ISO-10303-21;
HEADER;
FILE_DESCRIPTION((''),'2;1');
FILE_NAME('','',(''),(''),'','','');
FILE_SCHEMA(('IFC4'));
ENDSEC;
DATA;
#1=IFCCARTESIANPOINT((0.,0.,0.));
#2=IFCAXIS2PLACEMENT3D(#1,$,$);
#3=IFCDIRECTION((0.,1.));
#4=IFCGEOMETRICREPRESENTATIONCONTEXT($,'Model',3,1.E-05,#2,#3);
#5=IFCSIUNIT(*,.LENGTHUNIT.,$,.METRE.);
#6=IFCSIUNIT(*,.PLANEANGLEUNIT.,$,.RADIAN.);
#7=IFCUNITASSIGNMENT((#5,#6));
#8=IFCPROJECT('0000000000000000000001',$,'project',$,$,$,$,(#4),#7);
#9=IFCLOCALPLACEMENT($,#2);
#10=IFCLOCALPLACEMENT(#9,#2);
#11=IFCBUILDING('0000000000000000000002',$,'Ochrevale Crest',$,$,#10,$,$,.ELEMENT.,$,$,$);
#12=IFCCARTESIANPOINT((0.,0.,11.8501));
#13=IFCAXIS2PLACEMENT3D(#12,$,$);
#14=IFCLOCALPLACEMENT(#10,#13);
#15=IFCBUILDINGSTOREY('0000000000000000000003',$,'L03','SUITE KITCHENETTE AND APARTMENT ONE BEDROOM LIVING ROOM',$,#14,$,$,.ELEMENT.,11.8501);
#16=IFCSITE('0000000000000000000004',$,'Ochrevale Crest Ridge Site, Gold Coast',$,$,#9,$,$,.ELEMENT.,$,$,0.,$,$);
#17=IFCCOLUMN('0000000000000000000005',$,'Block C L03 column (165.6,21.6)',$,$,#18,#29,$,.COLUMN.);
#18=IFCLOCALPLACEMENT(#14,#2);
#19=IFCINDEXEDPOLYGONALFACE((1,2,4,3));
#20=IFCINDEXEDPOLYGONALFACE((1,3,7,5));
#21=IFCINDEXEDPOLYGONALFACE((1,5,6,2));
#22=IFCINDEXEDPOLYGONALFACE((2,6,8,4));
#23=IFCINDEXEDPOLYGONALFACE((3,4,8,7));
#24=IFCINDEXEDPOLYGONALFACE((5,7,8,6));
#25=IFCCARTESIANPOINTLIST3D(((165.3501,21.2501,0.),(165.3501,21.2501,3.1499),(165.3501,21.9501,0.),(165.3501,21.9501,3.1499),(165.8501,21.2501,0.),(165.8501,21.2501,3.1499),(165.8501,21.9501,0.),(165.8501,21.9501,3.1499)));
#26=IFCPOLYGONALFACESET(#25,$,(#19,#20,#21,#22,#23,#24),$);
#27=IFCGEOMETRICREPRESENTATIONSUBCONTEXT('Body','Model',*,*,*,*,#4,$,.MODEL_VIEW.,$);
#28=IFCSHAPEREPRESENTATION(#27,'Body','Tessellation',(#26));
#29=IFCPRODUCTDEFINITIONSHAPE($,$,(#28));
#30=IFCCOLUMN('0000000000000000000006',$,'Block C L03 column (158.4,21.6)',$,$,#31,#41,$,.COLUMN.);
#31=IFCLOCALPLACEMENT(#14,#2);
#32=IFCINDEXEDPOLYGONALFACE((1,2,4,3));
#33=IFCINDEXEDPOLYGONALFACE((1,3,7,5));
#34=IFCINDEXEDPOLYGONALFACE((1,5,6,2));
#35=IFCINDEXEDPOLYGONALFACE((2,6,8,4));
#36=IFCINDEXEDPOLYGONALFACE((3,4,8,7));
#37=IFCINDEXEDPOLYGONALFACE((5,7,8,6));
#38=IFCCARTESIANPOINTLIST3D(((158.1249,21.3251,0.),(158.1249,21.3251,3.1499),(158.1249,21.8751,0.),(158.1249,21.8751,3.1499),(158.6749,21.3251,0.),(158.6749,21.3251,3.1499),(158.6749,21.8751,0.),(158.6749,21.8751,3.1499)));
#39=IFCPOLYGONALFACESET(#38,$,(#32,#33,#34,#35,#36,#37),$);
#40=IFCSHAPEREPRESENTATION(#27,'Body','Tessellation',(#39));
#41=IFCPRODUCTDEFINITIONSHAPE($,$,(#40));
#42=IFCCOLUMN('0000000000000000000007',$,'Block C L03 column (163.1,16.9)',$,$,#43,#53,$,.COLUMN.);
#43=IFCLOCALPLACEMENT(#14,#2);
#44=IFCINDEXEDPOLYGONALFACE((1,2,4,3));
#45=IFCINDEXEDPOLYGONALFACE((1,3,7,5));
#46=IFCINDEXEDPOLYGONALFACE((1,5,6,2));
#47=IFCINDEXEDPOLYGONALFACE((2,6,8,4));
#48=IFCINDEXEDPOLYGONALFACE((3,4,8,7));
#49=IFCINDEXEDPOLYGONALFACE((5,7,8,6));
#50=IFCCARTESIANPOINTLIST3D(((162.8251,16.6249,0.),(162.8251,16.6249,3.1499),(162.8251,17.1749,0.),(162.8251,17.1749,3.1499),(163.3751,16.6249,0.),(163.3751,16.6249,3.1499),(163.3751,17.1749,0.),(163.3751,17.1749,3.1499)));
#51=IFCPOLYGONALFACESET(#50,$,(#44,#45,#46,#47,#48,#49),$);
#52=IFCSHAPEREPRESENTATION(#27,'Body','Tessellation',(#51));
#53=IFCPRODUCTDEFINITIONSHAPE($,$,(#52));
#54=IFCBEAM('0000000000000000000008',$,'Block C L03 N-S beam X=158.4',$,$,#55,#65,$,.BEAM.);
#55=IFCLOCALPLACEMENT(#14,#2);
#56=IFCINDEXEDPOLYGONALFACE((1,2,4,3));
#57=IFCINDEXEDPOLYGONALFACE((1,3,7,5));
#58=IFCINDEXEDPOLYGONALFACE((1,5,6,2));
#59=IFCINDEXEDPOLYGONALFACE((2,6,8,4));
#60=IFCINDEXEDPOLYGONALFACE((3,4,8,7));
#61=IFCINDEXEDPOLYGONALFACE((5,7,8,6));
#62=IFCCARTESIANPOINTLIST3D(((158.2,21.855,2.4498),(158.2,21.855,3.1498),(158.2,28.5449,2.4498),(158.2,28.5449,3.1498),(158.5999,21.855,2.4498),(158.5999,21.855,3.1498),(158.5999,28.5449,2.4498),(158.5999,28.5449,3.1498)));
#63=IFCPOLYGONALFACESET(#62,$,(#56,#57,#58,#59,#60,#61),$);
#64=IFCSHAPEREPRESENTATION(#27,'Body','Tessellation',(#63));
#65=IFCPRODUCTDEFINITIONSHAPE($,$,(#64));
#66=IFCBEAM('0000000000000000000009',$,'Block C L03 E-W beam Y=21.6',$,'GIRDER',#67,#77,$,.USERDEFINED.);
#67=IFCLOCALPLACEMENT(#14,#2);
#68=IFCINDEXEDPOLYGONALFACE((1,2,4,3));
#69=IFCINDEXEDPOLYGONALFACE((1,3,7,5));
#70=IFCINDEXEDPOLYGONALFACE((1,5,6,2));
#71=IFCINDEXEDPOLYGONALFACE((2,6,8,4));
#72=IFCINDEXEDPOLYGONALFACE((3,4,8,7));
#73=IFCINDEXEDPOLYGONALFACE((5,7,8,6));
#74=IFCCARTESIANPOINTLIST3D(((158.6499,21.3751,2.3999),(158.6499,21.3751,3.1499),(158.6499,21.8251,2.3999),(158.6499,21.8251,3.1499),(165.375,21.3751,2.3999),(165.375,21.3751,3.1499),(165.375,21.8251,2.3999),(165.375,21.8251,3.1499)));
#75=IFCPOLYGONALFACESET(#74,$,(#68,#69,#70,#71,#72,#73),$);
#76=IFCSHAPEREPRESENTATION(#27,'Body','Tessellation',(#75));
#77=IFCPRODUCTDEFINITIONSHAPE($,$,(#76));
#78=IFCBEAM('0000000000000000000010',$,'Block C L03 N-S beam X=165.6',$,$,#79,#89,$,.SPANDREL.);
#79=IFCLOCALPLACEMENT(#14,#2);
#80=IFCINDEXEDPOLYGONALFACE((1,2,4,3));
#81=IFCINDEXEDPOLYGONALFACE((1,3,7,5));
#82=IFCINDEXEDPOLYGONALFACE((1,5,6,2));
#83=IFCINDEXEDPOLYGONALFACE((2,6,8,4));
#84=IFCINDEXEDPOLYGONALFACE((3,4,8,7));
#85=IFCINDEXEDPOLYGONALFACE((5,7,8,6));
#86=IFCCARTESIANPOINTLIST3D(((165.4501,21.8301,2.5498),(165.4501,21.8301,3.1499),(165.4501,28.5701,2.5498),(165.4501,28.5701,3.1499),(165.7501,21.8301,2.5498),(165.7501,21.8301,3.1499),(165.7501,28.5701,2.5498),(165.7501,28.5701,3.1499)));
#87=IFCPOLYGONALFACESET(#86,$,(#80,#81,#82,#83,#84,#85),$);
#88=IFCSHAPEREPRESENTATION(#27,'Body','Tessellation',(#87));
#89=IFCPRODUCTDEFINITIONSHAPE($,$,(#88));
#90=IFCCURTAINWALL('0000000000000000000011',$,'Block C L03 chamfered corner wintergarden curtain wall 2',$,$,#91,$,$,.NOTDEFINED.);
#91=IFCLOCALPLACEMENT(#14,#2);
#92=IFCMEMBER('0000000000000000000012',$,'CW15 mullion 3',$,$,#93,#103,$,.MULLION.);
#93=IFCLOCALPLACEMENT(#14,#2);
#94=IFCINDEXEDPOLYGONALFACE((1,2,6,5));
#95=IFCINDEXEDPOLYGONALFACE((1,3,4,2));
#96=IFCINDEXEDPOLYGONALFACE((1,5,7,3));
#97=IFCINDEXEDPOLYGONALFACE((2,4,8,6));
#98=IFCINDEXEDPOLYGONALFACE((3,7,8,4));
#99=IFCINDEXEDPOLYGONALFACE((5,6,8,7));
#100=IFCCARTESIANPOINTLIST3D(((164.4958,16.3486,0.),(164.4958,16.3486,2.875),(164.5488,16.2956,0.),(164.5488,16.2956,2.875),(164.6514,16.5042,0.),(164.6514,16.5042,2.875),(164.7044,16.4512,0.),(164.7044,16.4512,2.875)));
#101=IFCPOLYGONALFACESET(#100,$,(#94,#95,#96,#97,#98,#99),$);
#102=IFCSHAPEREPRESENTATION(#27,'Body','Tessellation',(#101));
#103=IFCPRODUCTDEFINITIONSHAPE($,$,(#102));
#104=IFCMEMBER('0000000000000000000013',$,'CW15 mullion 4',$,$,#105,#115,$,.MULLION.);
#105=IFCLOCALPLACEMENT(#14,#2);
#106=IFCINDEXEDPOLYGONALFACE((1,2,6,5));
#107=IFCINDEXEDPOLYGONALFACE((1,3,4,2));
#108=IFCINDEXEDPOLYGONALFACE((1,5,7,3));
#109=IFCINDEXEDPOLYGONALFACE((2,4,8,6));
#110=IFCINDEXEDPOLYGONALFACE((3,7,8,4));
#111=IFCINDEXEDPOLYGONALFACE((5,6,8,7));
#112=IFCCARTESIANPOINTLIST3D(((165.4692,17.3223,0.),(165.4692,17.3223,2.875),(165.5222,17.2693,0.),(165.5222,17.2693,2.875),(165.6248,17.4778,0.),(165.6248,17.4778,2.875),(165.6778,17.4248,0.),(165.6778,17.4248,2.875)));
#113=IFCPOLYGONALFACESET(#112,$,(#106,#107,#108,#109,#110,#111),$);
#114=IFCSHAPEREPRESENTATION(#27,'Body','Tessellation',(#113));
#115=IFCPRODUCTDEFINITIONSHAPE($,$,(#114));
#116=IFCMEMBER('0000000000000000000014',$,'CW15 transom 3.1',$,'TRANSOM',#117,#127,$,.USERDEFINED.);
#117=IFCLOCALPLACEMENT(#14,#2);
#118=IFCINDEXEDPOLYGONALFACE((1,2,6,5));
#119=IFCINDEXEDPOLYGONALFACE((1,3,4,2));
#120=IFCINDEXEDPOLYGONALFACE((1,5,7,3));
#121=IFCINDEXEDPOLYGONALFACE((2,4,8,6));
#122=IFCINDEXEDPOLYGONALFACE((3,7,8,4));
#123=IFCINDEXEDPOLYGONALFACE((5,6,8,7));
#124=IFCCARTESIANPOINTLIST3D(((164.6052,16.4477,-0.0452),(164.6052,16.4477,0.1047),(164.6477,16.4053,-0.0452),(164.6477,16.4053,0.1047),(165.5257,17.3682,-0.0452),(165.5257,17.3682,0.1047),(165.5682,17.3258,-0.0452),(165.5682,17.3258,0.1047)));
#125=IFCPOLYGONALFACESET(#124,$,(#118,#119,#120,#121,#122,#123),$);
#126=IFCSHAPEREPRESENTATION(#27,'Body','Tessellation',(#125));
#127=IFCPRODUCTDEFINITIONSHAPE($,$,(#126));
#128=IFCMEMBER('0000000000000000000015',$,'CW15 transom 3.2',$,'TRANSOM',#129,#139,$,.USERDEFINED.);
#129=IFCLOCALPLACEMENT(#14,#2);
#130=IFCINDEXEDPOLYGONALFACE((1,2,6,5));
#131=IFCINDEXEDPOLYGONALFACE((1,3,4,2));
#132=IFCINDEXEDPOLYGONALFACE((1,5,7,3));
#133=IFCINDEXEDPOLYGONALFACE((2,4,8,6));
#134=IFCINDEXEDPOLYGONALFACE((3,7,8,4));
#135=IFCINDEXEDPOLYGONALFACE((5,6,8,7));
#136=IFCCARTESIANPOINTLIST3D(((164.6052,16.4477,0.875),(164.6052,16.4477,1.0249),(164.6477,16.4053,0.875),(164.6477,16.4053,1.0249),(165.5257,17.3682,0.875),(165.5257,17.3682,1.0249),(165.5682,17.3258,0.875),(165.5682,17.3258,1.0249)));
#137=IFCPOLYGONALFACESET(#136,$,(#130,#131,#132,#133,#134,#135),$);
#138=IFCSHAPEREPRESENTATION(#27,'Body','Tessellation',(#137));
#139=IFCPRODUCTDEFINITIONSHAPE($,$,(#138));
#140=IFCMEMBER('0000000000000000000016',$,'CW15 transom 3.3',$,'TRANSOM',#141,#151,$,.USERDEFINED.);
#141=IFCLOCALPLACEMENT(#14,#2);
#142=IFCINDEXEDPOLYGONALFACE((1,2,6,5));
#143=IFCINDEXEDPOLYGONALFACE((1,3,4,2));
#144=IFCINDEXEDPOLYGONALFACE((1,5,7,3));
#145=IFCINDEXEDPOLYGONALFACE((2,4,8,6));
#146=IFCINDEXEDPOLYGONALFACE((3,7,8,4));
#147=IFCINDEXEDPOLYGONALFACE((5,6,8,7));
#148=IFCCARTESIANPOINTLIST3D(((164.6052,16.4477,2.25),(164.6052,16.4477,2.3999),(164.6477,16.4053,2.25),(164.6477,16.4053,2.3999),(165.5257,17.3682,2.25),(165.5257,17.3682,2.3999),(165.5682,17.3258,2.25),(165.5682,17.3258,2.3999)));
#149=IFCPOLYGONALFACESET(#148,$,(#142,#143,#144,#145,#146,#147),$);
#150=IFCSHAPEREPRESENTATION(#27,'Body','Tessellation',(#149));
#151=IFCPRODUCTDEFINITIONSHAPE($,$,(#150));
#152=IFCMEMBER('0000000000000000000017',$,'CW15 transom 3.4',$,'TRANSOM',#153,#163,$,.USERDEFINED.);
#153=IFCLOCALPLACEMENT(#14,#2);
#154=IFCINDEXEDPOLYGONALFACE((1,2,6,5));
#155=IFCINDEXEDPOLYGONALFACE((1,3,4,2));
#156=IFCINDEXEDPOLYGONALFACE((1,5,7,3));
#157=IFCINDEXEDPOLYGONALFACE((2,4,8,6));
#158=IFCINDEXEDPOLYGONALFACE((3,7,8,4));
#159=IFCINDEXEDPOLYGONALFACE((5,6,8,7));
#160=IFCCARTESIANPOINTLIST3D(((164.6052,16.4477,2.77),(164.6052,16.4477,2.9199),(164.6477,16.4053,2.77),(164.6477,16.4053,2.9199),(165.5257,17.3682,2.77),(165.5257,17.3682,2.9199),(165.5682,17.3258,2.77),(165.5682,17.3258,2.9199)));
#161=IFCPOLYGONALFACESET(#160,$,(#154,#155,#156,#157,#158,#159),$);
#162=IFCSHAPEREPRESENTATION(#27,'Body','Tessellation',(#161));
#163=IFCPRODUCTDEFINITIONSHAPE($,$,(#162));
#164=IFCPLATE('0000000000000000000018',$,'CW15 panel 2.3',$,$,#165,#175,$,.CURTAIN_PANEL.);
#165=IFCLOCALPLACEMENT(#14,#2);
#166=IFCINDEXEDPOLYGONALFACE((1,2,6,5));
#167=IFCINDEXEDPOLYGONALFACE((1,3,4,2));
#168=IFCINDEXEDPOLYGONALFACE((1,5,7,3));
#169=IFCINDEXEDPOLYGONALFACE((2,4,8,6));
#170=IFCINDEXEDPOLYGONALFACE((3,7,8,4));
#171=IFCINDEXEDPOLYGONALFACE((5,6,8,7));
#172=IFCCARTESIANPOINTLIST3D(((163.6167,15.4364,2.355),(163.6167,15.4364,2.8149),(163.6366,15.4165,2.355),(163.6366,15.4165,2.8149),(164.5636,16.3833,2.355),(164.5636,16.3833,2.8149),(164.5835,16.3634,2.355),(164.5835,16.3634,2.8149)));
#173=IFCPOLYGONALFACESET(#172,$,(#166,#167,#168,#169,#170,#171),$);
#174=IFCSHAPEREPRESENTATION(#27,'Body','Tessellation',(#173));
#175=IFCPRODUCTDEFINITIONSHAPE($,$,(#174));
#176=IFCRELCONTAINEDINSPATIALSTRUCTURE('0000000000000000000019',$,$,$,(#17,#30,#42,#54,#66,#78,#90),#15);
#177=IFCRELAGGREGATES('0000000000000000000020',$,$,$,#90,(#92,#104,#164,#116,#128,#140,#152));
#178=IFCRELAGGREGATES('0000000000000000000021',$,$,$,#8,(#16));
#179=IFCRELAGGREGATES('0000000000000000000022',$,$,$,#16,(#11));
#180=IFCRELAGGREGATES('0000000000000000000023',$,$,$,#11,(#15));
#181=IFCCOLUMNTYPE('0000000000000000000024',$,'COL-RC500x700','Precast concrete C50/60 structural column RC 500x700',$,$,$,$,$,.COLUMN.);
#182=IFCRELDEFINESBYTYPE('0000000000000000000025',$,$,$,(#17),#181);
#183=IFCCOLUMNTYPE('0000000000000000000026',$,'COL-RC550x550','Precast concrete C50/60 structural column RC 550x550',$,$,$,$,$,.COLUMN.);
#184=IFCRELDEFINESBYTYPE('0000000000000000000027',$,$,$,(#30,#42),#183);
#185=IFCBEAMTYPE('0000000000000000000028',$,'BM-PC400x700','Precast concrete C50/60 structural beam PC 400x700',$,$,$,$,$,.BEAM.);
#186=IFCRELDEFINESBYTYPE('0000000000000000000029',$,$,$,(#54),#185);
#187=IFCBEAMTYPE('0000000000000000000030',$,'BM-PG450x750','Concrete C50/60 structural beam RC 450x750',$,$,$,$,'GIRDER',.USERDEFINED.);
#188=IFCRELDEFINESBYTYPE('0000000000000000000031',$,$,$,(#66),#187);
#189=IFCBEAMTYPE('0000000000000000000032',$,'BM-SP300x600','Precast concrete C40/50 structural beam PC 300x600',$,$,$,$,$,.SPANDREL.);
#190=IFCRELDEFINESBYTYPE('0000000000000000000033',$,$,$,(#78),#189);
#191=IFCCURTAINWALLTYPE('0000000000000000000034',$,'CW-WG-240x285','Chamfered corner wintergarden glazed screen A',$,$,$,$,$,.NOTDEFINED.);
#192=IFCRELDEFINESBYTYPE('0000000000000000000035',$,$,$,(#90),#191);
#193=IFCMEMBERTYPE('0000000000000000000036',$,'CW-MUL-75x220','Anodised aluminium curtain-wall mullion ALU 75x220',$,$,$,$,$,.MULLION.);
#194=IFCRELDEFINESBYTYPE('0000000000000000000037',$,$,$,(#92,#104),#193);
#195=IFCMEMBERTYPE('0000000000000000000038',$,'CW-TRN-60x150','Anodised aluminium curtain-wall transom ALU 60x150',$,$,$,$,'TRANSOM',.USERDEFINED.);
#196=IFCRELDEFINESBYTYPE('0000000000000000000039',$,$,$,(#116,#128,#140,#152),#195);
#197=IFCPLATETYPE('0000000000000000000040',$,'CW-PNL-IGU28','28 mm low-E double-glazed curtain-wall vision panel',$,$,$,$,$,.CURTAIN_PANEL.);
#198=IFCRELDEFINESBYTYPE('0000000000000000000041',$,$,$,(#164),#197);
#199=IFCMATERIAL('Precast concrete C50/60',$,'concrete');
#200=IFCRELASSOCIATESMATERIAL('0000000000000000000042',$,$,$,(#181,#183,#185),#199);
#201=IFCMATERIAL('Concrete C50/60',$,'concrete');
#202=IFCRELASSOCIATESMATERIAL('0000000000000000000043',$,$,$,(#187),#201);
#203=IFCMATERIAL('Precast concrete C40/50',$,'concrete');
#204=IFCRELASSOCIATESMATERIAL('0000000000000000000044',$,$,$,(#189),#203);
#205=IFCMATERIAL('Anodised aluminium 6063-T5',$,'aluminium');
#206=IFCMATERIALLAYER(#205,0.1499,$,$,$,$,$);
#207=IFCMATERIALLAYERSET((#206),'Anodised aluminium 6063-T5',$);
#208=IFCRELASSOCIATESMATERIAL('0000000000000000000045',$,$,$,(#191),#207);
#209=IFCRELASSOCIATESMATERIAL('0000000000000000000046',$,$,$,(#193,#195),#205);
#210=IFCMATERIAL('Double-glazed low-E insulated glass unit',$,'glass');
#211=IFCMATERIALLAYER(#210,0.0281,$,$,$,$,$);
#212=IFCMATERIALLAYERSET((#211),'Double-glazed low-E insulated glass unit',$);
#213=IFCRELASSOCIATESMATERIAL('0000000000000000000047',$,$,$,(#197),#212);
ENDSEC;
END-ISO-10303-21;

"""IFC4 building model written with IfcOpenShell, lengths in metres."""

from ifc_helpers import new_model, si_unit, direction, frame, origin, origin_2d, place, context, subcontext, project, spatial, rectangle, extrude, material, layer, layer_set, material_profile, profile_set, type_object, element, aggregate, save


model = new_model("IFC4")

# Units and contexts
model_context = context("Model", 3, precision=1e-05, world=origin(), true_north=direction((0.0, 1.0)))
body_context = subcontext(model_context, "Body", "Model", "MODEL_VIEW")
ifc_project = project(units=[si_unit("LENGTHUNIT", "METRE"), si_unit("PLANEANGLEUNIT", "RADIAN")], contexts=[model_context])

# Site, building, storey
site_placement = place(None, origin())
site = spatial("IfcSite", under=ifc_project, at=site_placement, Name="Ochrevale Crest Ridge Site, Gold Coast", CompositionType="ELEMENT", RefElevation=0.0)
building_placement = place(site_placement, origin())
building = spatial("IfcBuilding", under=site, at=building_placement, Name="Ochrevale Crest", CompositionType="ELEMENT")
storey_placement = place(building_placement, frame((0.0, 0.0, 11.8501)))
storey = spatial("IfcBuildingStorey", under=building, at=storey_placement, Name="L03", Description="SUITE KITCHENETTE AND APARTMENT ONE BEDROOM LIVING ROOM", CompositionType="ELEMENT", Elevation=11.8501)

# Columns
ifc_material_1 = material(Name="Precast concrete C50/60", Category="concrete")
ifc_material_profile_1 = material_profile(ifc_material_1, rectangle(XDim=0.5, YDim=0.7, at=origin_2d()), Name="RC 500x700")
ifc_profile_set_1 = profile_set([ifc_material_profile_1], Name="Precast concrete C50/60")
column_type_1 = type_object("IfcColumnType", Name="COL-RC500x700", Description="Precast concrete C50/60 structural column RC 500x700", PredefinedType="COLUMN", material=ifc_profile_set_1)
column_placement = place(storey_placement, frame((165.6001, 21.6001, 0.0), z_axis=(0.0, 0.0, 1.0), x_axis=(1.0, 0.0, 0.0)))
element("IfcColumn", 1, at=column_placement, inside=storey, type_object=column_type_1, Name="Block C L03 column (165.6,21.6)", PredefinedType="COLUMN", context=body_context, shape_type="SweptSolid", body=[
    extrude(rectangle(XDim=0.5, YDim=0.7, at=origin_2d()), origin(), (0.0, 0.0, 1.0), 3.1499),
])
ifc_material_profile_2 = material_profile(ifc_material_1, rectangle(XDim=0.55, YDim=0.55, at=origin_2d()), Name="RC 550x550")
ifc_profile_set_2 = profile_set([ifc_material_profile_2], Name="Precast concrete C50/60")
column_type_2 = type_object("IfcColumnType", Name="COL-RC550x550", Description="Precast concrete C50/60 structural column RC 550x550", PredefinedType="COLUMN", material=ifc_profile_set_2)
for number, where, z_axis, x_axis, name in (
    (2, (158.3999, 21.6001, 0.0), (0.0, 0.0, 1.0), (1.0, 0.0, 0.0), "Block C L03 column (158.4,21.6)"),
    (3, (163.1001, 16.8999, 0.0), (0.0, 0.0, 1.0), (1.0, 0.0, 0.0), "Block C L03 column (163.1,16.9)"),
):
    element("IfcColumn", number, at=place(storey_placement, frame(where, z_axis=z_axis, x_axis=x_axis)), inside=storey, type_object=column_type_2, Name=name, PredefinedType="COLUMN", context=body_context, shape_type="SweptSolid", body=[
        extrude(rectangle(XDim=0.55, YDim=0.55, at=origin_2d()), origin(), (0.0, 0.0, 1.0), 3.1499),
    ])

# Beams
ifc_material_profile_3 = material_profile(ifc_material_1, rectangle(XDim=0.3999, YDim=0.7, at=origin_2d()), Name="PC 400x700")
ifc_profile_set_3 = profile_set([ifc_material_profile_3], Name="Precast concrete C50/60")
beam_type_1 = type_object("IfcBeamType", Name="BM-PC400x700", Description="Precast concrete C50/60 structural beam PC 400x700", PredefinedType="BEAM", material=ifc_profile_set_3)
beam_1_placement = place(storey_placement, frame((158.3999, 21.855, 2.7998), z_axis=(0.0, 1.0, 0.0), x_axis=(-1.0, 0.0, 0.0)))
element("IfcBeam", 4, at=beam_1_placement, inside=storey, type_object=beam_type_1, Name="Block C L03 N-S beam X=158.4", PredefinedType="BEAM", context=body_context, shape_type="SweptSolid", body=[
    extrude(rectangle(XDim=0.3999, YDim=0.7, at=origin_2d()), origin(), (0.0, 0.0, 1.0), 6.6899),
])
ifc_material_2 = material(Name="Concrete C50/60", Category="concrete")
ifc_material_profile_4 = material_profile(ifc_material_2, rectangle(XDim=0.45, YDim=0.75, at=origin_2d()), Name="RC 450x750")
ifc_profile_set_4 = profile_set([ifc_material_profile_4], Name="Concrete C50/60")
beam_type_2 = type_object("IfcBeamType", Name="BM-PG450x750", Description="Concrete C50/60 structural beam RC 450x750", ElementType="GIRDER", PredefinedType="USERDEFINED", material=ifc_profile_set_4)
beam_2_placement = place(storey_placement, frame((158.6499, 21.6001, 2.7749), z_axis=(1.0, 0.0, 0.0), x_axis=(0.0, 1.0, 0.0)))
element("IfcBeam", 5, at=beam_2_placement, inside=storey, type_object=beam_type_2, Name="Block C L03 E-W beam Y=21.6", ObjectType="GIRDER", PredefinedType="USERDEFINED", context=body_context, shape_type="SweptSolid", body=[
    extrude(rectangle(XDim=0.45, YDim=0.75, at=origin_2d()), origin(), (0.0, 0.0, 1.0), 6.7251),
])
ifc_material_3 = material(Name="Precast concrete C40/50", Category="concrete")
ifc_material_profile_5 = material_profile(ifc_material_3, rectangle(XDim=0.3, YDim=0.6001, at=origin_2d()), Name="PC 300x600")
ifc_profile_set_5 = profile_set([ifc_material_profile_5], Name="Precast concrete C40/50")
beam_type_3 = type_object("IfcBeamType", Name="BM-SP300x600", Description="Precast concrete C40/50 structural beam PC 300x600", PredefinedType="SPANDREL", material=ifc_profile_set_5)
beam_3_placement = place(storey_placement, frame((165.6001, 21.8301, 2.8499), z_axis=(0.0, 1.0, 0.0), x_axis=(-1.0, 0.0, 0.0)))
element("IfcBeam", 6, at=beam_3_placement, inside=storey, type_object=beam_type_3, Name="Block C L03 N-S beam X=165.6", PredefinedType="SPANDREL", context=body_context, shape_type="SweptSolid", body=[
    extrude(rectangle(XDim=0.3, YDim=0.6001, at=origin_2d()), origin(), (0.0, 0.0, 1.0), 6.74),
])

# Curtain wall, members, plate
ifc_material_4 = material(Name="Anodised aluminium 6063-T5", Category="aluminium")
ifc_layer_1 = layer(ifc_material_4, 0.1499)
ifc_layer_set_1 = layer_set([ifc_layer_1], Name="Anodised aluminium 6063-T5")
curtain_wall_type = type_object("IfcCurtainWallType", Name="CW-WG-240x285", Description="Chamfered corner wintergarden glazed screen A", PredefinedType="NOTDEFINED", material=ifc_layer_set_1)
curtain_wall_placement = place(storey_placement, origin())
curtain_wall = element("IfcCurtainWall", 7, at=curtain_wall_placement, inside=storey, type_object=curtain_wall_type, Name="Block C L03 chamfered corner wintergarden curtain wall 2", PredefinedType="NOTDEFINED")
ifc_material_profile_6 = material_profile(ifc_material_4, rectangle(XDim=0.075, YDim=0.22, at=origin_2d()), Name="ALU 75x220")
ifc_profile_set_6 = profile_set([ifc_material_profile_6], Name="Anodised aluminium 6063-T5")
member_type_1 = type_object("IfcMemberType", Name="CW-MUL-75x220", Description="Anodised aluminium curtain-wall mullion ALU 75x220", PredefinedType="MULLION", material=ifc_profile_set_6)
member_1_placement = place(storey_placement, frame((164.6001, 16.3999, 0.0), z_axis=(0.0, 0.0, 1.0), x_axis=(-0.707107, 0.707107, 0.0)))
member_1 = element("IfcMember", 8, at=member_1_placement, type_object=member_type_1, Name="CW15 mullion 3", PredefinedType="MULLION", context=body_context, shape_type="SweptSolid", body=[
    extrude(rectangle(XDim=0.075, YDim=0.22, at=origin_2d()), origin(), (0.0, 0.0, 1.0), 2.875),
])
member_2_placement = place(storey_placement, frame((165.5735, 17.3735, 0.0), z_axis=(0.0, 0.0, 1.0), x_axis=(-0.707107, 0.707107, 0.0)))
member_2 = element("IfcMember", 9, at=member_2_placement, type_object=member_type_1, Name="CW15 mullion 4", PredefinedType="MULLION", context=body_context, shape_type="SweptSolid", body=[
    extrude(rectangle(XDim=0.075, YDim=0.22, at=origin_2d()), origin(), (0.0, 0.0, 1.0), 2.875),
])
ifc_material_profile_7 = material_profile(ifc_material_4, rectangle(XDim=0.0601, YDim=0.1499, at=origin_2d()), Name="ALU 60x150")
ifc_profile_set_7 = profile_set([ifc_material_profile_7], Name="Anodised aluminium 6063-T5")
member_type_2 = type_object("IfcMemberType", Name="CW-TRN-60x150", Description="Anodised aluminium curtain-wall transom ALU 60x150", ElementType="TRANSOM", PredefinedType="USERDEFINED", material=ifc_profile_set_7)
member_3_placement = place(storey_placement, frame((164.6265, 16.4265, 0.0298), z_axis=(0.707107, 0.707107, 0.0), x_axis=(-0.707107, 0.707107, 0.0)))
member_3 = element("IfcMember", 10, at=member_3_placement, type_object=member_type_2, Name="CW15 transom 3.1", ObjectType="TRANSOM", PredefinedType="USERDEFINED", context=body_context, shape_type="SweptSolid", body=[
    extrude(rectangle(XDim=0.0601, YDim=0.1499, at=origin_2d()), origin(), (0.0, 0.0, 1.0), 1.3018),
])
member_4_placement = place(storey_placement, frame((164.6265, 16.4265, 0.95), z_axis=(0.707107, 0.707107, 0.0), x_axis=(-0.707107, 0.707107, 0.0)))
member_4 = element("IfcMember", 11, at=member_4_placement, type_object=member_type_2, Name="CW15 transom 3.2", ObjectType="TRANSOM", PredefinedType="USERDEFINED", context=body_context, shape_type="SweptSolid", body=[
    extrude(rectangle(XDim=0.0601, YDim=0.1499, at=origin_2d()), origin(), (0.0, 0.0, 1.0), 1.3018),
])
member_5_placement = place(storey_placement, frame((164.6265, 16.4265, 2.325), z_axis=(0.707107, 0.707107, 0.0), x_axis=(-0.707107, 0.707107, 0.0)))
member_5 = element("IfcMember", 12, at=member_5_placement, type_object=member_type_2, Name="CW15 transom 3.3", ObjectType="TRANSOM", PredefinedType="USERDEFINED", context=body_context, shape_type="SweptSolid", body=[
    extrude(rectangle(XDim=0.0601, YDim=0.1499, at=origin_2d()), origin(), (0.0, 0.0, 1.0), 1.3018),
])
member_6_placement = place(storey_placement, frame((164.6265, 16.4265, 2.845), z_axis=(0.707107, 0.707107, 0.0), x_axis=(-0.707107, 0.707107, 0.0)))
member_6 = element("IfcMember", 13, at=member_6_placement, type_object=member_type_2, Name="CW15 transom 3.4", ObjectType="TRANSOM", PredefinedType="USERDEFINED", context=body_context, shape_type="SweptSolid", body=[
    extrude(rectangle(XDim=0.0601, YDim=0.1499, at=origin_2d()), origin(), (0.0, 0.0, 1.0), 1.3018),
])
ifc_material_5 = material(Name="Double-glazed low-E insulated glass unit", Category="glass")
ifc_layer_2 = layer(ifc_material_5, 0.0281)
ifc_layer_set_2 = layer_set([ifc_layer_2], Name="Double-glazed low-E insulated glass unit")
plate_type = type_object("IfcPlateType", Name="CW-PNL-IGU28", Description="28 mm low-E double-glazed curtain-wall vision panel", PredefinedType="CURTAIN_PANEL", material=ifc_layer_set_2)
plate_1_placement = place(storey_placement, frame((164.1001, 15.8999, 2.355), z_axis=(0.0, 0.0, 1.0), x_axis=(0.707107, 0.707107, 0.0)))
plate_1 = element("IfcPlate", 14, at=plate_1_placement, type_object=plate_type, Name="CW15 panel 2.3", PredefinedType="CURTAIN_PANEL", context=body_context, shape_type="SweptSolid", body=[
    extrude(rectangle(XDim=1.3391, YDim=0.0281, at=origin_2d()), origin(), (0.0, 0.0, 1.0), 0.46),
])
aggregate(curtain_wall, [member_1, member_2, plate_1, member_3, member_4, member_5, member_6])

save(model, "model.ifc")
